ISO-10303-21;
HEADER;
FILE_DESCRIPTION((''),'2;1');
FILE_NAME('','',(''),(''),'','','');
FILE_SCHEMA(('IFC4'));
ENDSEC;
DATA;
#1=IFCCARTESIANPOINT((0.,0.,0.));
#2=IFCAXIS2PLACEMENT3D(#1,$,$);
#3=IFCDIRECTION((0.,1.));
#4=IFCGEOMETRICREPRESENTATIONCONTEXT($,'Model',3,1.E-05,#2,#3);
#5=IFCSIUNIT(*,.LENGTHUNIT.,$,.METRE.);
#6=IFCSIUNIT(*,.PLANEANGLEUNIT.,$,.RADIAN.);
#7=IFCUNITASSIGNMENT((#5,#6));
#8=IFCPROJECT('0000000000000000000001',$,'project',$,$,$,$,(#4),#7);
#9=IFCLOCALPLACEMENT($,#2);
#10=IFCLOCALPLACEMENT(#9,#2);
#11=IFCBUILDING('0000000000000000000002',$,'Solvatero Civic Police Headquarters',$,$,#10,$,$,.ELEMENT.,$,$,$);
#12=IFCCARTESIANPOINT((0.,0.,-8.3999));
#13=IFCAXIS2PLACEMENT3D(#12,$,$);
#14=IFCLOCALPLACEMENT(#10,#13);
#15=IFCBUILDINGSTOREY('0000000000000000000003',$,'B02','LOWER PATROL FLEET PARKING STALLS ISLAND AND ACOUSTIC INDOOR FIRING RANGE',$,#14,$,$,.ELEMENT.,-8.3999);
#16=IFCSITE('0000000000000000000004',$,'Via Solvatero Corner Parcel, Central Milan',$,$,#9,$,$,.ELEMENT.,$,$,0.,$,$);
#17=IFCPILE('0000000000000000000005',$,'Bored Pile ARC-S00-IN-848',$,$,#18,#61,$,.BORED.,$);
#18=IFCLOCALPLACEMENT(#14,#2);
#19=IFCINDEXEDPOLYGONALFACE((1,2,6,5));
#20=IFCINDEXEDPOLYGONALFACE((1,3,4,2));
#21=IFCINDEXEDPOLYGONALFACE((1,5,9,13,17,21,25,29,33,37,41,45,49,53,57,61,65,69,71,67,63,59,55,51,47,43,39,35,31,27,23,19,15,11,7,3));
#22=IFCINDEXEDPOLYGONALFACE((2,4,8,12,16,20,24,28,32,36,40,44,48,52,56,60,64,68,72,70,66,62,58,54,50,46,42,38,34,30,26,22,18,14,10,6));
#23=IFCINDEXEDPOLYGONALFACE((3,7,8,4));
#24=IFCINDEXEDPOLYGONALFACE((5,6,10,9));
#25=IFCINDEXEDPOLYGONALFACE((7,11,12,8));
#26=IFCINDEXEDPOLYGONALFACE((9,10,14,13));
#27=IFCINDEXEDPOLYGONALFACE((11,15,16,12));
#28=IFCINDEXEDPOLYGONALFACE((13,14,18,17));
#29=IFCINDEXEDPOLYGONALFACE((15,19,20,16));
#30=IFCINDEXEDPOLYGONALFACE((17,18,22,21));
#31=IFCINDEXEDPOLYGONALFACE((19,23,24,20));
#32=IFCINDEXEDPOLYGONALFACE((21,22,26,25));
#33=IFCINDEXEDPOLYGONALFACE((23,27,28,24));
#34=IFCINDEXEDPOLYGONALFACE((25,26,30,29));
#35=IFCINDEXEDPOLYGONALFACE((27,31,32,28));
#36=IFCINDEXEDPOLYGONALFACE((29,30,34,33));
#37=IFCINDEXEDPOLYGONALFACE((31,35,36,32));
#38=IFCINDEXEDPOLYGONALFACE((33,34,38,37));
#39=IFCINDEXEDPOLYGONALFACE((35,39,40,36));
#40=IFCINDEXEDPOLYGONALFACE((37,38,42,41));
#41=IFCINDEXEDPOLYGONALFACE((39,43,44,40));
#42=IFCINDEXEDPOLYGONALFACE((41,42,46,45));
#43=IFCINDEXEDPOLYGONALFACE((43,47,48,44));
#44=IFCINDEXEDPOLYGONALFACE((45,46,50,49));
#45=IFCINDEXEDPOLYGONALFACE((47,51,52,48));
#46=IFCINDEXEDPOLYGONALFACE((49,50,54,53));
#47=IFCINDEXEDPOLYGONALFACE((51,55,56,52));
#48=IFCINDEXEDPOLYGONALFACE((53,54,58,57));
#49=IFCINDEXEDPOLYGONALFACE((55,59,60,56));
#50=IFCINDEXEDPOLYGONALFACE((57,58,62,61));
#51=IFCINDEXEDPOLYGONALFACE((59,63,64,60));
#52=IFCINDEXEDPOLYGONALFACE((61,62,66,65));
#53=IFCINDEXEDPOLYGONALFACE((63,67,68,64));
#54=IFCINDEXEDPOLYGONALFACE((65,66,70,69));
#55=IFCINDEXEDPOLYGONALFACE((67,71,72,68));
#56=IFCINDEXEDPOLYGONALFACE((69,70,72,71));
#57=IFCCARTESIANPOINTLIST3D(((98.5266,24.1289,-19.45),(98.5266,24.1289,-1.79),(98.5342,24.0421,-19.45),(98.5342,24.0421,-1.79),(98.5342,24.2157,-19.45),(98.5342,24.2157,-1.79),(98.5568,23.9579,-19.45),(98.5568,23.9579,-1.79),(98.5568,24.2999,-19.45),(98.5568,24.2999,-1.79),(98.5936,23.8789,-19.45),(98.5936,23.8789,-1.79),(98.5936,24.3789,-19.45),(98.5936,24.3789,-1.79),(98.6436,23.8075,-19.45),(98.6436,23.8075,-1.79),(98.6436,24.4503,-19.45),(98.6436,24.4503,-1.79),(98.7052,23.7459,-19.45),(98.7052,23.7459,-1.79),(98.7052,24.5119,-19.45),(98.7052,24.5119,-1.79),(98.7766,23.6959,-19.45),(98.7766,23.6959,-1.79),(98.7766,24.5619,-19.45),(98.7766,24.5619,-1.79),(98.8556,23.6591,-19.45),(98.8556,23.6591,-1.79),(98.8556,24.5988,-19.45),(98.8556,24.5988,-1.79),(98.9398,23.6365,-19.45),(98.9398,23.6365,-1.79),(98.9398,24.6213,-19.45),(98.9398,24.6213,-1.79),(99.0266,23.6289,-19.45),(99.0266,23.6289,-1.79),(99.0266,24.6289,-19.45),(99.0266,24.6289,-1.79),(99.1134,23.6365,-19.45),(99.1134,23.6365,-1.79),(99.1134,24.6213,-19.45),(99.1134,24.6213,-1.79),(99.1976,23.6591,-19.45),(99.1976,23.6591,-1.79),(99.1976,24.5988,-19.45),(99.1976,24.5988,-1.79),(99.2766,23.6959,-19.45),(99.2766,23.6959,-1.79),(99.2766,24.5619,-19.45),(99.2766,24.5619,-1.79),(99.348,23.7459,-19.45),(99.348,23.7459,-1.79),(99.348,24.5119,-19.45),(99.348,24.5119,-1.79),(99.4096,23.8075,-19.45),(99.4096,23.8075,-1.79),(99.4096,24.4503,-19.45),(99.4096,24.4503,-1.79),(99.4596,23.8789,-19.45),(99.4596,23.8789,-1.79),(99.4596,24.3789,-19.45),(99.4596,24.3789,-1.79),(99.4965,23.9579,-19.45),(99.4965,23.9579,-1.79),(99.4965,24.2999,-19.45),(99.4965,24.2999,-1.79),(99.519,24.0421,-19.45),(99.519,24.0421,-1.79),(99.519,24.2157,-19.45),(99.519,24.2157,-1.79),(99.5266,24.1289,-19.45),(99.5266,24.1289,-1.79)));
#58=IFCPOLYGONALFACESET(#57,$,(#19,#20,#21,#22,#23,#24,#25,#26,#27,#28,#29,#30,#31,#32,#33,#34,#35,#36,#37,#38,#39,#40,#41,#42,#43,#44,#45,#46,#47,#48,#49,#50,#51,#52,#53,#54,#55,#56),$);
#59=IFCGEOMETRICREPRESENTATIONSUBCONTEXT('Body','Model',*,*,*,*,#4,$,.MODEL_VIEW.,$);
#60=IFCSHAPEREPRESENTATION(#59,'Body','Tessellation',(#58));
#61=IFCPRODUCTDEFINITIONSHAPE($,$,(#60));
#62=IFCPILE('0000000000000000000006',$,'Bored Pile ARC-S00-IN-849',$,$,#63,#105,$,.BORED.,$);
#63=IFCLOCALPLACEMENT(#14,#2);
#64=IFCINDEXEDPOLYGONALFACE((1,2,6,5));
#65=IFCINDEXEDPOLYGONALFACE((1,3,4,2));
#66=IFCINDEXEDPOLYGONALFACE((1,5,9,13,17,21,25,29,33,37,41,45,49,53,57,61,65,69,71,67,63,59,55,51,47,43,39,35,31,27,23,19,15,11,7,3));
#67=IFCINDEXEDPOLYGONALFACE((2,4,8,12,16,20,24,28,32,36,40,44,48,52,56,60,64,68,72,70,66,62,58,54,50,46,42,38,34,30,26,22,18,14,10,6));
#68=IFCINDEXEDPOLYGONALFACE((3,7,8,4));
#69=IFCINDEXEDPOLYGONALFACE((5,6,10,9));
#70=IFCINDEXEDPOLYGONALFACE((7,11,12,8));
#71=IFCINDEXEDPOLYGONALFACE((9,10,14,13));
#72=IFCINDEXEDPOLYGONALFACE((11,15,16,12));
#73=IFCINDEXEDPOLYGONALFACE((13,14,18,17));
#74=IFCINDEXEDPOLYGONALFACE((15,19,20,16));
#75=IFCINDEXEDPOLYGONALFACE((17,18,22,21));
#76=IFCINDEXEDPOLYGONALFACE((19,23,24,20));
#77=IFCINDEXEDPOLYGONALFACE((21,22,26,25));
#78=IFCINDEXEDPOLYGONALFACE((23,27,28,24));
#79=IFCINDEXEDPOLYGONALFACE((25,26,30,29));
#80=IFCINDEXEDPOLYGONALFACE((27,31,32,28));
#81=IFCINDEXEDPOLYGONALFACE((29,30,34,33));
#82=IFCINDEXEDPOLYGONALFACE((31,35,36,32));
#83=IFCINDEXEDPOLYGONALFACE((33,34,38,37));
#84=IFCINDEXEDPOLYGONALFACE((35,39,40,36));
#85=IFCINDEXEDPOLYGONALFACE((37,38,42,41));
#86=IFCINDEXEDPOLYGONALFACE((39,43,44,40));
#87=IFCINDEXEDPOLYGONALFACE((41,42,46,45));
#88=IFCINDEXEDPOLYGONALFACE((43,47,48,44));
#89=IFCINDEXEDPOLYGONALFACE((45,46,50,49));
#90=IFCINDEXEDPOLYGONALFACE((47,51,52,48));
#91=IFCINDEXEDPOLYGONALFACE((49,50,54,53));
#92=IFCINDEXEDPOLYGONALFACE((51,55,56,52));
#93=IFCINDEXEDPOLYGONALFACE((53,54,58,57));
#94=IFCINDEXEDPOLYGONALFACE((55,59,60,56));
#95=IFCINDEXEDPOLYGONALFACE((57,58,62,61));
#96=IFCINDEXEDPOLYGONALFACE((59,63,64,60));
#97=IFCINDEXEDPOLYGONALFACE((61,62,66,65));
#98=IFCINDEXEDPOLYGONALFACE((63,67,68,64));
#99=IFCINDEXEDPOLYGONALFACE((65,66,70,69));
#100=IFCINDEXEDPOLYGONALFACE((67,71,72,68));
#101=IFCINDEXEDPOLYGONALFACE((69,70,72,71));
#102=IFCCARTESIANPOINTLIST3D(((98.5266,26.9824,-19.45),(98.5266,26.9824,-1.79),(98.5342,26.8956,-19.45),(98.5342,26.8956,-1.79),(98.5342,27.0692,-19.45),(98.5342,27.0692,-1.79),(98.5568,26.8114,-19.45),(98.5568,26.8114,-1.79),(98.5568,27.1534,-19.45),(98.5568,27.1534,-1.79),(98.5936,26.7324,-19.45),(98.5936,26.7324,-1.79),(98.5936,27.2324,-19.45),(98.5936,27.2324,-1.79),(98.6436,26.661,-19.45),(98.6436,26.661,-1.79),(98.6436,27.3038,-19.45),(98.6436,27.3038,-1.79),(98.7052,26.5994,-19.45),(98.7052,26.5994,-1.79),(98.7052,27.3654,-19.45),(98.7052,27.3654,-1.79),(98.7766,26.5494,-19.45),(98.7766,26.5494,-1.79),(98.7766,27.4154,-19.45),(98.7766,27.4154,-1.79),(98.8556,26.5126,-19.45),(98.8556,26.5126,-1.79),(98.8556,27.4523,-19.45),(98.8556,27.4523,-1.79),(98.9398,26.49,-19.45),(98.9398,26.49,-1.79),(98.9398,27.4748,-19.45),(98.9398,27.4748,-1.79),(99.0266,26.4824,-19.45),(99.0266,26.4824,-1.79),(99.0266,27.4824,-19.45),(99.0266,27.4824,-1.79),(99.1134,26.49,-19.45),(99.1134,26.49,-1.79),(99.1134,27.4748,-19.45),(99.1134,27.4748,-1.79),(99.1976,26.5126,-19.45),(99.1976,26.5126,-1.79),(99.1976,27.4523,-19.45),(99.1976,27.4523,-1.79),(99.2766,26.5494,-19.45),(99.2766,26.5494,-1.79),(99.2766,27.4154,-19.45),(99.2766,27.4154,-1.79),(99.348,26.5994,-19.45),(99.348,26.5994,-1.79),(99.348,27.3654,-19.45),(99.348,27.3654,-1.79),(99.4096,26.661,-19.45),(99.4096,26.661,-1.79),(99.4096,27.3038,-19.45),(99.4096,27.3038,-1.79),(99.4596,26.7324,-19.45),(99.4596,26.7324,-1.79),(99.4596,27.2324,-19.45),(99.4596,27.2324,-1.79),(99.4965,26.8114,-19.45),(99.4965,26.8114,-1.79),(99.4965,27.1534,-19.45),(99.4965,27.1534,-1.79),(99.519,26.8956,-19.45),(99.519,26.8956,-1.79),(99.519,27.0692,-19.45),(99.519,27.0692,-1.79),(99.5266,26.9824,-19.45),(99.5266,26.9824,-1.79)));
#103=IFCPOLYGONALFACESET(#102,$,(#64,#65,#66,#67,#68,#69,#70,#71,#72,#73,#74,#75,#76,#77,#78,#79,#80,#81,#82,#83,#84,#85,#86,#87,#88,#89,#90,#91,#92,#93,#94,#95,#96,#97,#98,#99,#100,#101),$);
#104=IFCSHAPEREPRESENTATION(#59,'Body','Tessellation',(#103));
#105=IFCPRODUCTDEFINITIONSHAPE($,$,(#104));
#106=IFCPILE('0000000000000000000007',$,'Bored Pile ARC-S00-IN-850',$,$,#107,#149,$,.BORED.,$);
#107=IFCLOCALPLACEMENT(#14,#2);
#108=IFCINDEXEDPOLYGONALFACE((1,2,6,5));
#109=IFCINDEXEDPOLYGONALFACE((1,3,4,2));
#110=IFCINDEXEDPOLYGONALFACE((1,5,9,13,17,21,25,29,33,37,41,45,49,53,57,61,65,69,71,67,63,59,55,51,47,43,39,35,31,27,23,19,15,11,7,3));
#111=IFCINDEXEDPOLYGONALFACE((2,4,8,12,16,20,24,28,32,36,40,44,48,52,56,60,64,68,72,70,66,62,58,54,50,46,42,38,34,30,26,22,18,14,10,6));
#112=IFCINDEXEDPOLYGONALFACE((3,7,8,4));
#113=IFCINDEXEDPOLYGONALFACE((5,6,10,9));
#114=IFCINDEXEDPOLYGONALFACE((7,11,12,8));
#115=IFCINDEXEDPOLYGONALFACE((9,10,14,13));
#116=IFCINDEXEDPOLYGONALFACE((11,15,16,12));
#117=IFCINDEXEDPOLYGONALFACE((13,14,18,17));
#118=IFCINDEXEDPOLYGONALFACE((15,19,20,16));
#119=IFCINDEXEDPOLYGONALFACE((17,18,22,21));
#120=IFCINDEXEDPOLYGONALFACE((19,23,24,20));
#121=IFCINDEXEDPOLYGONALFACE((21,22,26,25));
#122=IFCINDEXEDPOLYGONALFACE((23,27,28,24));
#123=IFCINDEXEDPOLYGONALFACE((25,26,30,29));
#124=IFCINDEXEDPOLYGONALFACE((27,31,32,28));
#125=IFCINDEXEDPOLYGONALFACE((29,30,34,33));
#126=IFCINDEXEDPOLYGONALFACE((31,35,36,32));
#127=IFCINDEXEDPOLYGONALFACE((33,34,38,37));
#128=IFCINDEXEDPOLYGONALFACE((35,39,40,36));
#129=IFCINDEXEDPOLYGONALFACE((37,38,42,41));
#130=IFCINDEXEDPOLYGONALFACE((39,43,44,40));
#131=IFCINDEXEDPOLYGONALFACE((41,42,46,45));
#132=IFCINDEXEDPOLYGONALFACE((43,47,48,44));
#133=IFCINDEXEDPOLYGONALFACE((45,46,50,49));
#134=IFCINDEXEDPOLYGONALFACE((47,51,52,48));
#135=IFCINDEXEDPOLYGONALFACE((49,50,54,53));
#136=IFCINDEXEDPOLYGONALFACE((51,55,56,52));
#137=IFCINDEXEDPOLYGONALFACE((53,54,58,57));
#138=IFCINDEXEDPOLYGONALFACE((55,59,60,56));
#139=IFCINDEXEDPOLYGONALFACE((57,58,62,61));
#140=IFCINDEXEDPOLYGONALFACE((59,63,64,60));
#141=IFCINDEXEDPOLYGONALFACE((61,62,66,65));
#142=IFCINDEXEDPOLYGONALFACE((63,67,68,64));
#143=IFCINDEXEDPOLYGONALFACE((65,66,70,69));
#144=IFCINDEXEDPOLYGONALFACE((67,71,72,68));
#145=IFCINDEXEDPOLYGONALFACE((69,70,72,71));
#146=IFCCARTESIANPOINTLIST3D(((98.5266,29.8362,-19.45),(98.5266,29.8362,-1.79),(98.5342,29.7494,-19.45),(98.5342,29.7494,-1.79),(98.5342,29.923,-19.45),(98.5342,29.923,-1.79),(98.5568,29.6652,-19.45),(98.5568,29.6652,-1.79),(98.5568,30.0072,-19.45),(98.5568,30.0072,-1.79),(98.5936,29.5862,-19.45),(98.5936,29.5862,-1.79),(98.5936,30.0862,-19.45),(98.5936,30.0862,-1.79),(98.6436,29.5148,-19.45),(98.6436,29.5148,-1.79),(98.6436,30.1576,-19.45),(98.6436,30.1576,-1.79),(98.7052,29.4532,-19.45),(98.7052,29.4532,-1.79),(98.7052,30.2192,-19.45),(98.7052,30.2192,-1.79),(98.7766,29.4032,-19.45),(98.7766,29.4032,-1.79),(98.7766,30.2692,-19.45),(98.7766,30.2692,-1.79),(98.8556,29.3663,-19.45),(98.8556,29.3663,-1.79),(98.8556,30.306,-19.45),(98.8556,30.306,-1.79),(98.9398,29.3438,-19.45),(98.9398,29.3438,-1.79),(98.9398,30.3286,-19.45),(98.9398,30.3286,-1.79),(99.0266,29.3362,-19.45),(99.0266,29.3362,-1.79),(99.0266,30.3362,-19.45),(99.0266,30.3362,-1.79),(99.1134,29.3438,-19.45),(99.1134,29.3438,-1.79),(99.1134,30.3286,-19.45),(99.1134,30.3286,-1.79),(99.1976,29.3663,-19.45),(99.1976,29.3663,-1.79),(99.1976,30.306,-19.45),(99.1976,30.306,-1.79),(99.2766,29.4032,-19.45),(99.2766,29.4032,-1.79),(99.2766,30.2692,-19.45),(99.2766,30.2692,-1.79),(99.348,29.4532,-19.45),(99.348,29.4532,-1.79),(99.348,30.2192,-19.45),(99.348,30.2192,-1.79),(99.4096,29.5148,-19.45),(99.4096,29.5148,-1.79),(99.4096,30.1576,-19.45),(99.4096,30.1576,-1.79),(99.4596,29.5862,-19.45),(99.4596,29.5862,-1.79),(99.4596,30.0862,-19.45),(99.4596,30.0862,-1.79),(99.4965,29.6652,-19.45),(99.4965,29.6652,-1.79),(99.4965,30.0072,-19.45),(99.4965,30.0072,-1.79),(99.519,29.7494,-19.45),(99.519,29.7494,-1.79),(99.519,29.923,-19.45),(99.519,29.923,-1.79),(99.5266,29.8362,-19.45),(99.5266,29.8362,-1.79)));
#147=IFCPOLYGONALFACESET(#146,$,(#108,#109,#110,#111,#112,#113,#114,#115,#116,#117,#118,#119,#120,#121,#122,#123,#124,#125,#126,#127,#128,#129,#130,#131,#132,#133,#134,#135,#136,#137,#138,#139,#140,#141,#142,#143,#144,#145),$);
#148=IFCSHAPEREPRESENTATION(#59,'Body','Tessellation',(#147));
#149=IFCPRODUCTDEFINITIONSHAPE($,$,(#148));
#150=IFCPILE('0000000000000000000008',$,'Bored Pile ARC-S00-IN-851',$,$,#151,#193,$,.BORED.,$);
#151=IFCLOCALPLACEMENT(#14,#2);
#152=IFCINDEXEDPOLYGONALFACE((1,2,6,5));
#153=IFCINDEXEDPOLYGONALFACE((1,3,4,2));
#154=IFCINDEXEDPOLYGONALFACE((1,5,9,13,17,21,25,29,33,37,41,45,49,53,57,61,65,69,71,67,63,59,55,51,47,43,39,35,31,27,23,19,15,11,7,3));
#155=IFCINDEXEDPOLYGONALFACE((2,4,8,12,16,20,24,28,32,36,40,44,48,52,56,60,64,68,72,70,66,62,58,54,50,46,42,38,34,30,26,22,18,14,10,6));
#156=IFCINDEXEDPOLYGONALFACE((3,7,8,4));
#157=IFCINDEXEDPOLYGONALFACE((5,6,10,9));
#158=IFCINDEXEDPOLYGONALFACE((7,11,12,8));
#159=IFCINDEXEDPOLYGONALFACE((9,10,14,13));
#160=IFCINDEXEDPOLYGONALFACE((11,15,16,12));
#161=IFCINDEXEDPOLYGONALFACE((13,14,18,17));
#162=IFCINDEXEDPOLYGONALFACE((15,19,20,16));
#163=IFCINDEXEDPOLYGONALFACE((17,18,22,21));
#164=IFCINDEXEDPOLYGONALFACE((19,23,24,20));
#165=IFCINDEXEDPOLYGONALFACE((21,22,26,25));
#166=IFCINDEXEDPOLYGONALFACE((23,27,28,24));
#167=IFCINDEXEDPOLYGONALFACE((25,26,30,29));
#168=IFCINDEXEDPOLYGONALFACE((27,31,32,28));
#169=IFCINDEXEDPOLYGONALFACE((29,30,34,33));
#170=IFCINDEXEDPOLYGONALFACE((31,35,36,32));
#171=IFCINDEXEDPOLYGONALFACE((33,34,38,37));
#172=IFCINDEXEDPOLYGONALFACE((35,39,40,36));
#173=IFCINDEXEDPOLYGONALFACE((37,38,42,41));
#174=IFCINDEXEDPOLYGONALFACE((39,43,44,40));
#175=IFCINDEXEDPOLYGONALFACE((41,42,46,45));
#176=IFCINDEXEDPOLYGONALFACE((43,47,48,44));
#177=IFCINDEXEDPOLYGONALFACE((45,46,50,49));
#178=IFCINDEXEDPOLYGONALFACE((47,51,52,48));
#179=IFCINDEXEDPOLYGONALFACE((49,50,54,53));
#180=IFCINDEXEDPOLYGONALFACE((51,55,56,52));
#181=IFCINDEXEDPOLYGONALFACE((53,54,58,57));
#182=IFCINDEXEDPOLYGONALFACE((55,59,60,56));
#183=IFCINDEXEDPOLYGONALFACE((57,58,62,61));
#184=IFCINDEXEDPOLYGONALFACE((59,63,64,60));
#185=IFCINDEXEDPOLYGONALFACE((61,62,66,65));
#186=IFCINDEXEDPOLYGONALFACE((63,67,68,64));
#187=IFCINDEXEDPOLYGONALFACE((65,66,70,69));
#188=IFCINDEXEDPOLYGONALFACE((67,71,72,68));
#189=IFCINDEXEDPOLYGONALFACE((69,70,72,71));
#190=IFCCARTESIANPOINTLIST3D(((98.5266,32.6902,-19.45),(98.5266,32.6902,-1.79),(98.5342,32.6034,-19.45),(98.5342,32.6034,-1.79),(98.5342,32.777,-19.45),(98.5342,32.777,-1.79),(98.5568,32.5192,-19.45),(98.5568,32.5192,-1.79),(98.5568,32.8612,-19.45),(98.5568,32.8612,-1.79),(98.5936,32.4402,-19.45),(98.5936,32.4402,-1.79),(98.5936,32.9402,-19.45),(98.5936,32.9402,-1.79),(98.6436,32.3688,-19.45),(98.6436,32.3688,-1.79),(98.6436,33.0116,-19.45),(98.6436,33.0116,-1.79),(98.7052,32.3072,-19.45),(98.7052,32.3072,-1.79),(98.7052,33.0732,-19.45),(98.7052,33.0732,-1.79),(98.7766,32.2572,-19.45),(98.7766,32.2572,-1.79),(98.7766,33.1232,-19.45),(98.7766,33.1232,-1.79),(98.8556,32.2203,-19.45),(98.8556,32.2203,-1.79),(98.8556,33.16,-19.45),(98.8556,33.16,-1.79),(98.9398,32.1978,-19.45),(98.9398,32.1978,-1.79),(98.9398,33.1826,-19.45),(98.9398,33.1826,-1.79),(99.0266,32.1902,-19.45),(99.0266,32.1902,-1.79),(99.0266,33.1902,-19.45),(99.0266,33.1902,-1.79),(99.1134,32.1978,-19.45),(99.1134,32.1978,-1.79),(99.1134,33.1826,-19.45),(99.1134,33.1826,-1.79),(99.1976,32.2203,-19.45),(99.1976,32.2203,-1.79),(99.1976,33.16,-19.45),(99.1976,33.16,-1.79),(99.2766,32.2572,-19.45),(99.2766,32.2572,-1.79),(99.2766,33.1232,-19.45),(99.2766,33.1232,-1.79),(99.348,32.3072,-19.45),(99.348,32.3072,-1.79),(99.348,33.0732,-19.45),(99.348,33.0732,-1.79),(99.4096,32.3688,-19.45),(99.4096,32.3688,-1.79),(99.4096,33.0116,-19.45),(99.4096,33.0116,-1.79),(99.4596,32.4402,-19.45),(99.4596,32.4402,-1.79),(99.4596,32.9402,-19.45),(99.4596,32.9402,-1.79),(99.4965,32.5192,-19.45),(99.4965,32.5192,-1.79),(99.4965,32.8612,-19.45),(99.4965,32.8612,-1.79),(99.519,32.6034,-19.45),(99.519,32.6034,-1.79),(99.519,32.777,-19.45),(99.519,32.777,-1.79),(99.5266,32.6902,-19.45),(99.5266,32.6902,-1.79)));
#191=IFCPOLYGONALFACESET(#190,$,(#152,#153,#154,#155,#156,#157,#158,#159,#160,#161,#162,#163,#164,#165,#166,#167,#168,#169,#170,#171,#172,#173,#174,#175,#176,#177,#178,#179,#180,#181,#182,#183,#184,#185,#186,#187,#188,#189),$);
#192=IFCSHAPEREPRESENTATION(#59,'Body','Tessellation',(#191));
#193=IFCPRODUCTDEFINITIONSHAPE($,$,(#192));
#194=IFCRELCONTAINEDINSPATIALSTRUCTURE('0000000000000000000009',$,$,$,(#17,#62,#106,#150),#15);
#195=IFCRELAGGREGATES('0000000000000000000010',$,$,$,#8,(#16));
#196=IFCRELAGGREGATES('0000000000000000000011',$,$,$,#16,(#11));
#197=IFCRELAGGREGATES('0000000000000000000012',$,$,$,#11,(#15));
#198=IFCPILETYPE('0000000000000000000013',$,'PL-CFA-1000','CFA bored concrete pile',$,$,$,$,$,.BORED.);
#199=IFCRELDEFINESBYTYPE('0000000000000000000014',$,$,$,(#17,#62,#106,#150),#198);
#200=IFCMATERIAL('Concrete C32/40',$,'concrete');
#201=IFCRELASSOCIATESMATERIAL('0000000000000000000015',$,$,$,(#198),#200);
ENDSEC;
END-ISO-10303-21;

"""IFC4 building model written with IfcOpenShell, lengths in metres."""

from ifc_helpers import new_model, si_unit, direction, frame, origin, origin_2d, place, context, subcontext, project, spatial, circle, extrude, material, material_profile, profile_set, type_object, element, save


model = new_model("IFC4")

# Units and contexts
model_context = context("Model", 3, precision=1e-05, world=origin(), true_north=direction((0.0, 1.0)))
body_context = subcontext(model_context, "Body", "Model", "MODEL_VIEW")
ifc_project = project(units=[si_unit("LENGTHUNIT", "METRE"), si_unit("PLANEANGLEUNIT", "RADIAN")], contexts=[model_context])

# Site, building, storey
site_placement = place(None, origin())
site = spatial("IfcSite", under=ifc_project, at=site_placement, Name="Via Solvatero Corner Parcel, Central Milan", CompositionType="ELEMENT", RefElevation=0.0)
building_placement = place(site_placement, origin())
building = spatial("IfcBuilding", under=site, at=building_placement, Name="Solvatero Civic Police Headquarters", CompositionType="ELEMENT")
storey_placement = place(building_placement, frame((0.0, 0.0, -8.3999)))
storey = spatial("IfcBuildingStorey", under=building, at=storey_placement, Name="B02", Description="LOWER PATROL FLEET PARKING STALLS ISLAND AND ACOUSTIC INDOOR FIRING RANGE", CompositionType="ELEMENT", Elevation=-8.3999)

# Piles
ifc_material_1 = material(Name="Concrete C32/40", Category="concrete")
ifc_material_profile_1 = material_profile(ifc_material_1, circle(Radius=0.5, at=origin_2d()), Name="CFA PILE D1000")
ifc_profile_set_1 = profile_set([ifc_material_profile_1], Name="Concrete C32/40")
pile_type = type_object("IfcPileType", Name="PL-CFA-1000", Description="CFA bored concrete pile", PredefinedType="BORED", material=ifc_profile_set_1)
for number, where, z_axis, x_axis, name in (
    (1, (99.0266, 24.1289, -1.79), (0.0, 0.0, -1.0), (1.0, 0.0, 0.0), "Bored Pile ARC-S00-IN-848"),
    (2, (99.0266, 26.9824, -1.79), (0.0, 0.0, -1.0), (1.0, 0.0, 0.0), "Bored Pile ARC-S00-IN-849"),
    (3, (99.0266, 29.8362, -1.79), (0.0, 0.0, -1.0), (1.0, 0.0, 0.0), "Bored Pile ARC-S00-IN-850"),
    (4, (99.0266, 32.6902, -1.79), (0.0, 0.0, -1.0), (1.0, 0.0, 0.0), "Bored Pile ARC-S00-IN-851"),
):
    element("IfcPile", number, at=place(storey_placement, frame(where, z_axis=z_axis, x_axis=x_axis)), inside=storey, type_object=pile_type, Name=name, PredefinedType="BORED", context=body_context, shape_type="SweptSolid", body=[
        extrude(circle(Radius=0.5, at=origin_2d()), origin(), (0.0, 0.0, 1.0), 17.6599),
    ])

save(model, "model.ifc")
